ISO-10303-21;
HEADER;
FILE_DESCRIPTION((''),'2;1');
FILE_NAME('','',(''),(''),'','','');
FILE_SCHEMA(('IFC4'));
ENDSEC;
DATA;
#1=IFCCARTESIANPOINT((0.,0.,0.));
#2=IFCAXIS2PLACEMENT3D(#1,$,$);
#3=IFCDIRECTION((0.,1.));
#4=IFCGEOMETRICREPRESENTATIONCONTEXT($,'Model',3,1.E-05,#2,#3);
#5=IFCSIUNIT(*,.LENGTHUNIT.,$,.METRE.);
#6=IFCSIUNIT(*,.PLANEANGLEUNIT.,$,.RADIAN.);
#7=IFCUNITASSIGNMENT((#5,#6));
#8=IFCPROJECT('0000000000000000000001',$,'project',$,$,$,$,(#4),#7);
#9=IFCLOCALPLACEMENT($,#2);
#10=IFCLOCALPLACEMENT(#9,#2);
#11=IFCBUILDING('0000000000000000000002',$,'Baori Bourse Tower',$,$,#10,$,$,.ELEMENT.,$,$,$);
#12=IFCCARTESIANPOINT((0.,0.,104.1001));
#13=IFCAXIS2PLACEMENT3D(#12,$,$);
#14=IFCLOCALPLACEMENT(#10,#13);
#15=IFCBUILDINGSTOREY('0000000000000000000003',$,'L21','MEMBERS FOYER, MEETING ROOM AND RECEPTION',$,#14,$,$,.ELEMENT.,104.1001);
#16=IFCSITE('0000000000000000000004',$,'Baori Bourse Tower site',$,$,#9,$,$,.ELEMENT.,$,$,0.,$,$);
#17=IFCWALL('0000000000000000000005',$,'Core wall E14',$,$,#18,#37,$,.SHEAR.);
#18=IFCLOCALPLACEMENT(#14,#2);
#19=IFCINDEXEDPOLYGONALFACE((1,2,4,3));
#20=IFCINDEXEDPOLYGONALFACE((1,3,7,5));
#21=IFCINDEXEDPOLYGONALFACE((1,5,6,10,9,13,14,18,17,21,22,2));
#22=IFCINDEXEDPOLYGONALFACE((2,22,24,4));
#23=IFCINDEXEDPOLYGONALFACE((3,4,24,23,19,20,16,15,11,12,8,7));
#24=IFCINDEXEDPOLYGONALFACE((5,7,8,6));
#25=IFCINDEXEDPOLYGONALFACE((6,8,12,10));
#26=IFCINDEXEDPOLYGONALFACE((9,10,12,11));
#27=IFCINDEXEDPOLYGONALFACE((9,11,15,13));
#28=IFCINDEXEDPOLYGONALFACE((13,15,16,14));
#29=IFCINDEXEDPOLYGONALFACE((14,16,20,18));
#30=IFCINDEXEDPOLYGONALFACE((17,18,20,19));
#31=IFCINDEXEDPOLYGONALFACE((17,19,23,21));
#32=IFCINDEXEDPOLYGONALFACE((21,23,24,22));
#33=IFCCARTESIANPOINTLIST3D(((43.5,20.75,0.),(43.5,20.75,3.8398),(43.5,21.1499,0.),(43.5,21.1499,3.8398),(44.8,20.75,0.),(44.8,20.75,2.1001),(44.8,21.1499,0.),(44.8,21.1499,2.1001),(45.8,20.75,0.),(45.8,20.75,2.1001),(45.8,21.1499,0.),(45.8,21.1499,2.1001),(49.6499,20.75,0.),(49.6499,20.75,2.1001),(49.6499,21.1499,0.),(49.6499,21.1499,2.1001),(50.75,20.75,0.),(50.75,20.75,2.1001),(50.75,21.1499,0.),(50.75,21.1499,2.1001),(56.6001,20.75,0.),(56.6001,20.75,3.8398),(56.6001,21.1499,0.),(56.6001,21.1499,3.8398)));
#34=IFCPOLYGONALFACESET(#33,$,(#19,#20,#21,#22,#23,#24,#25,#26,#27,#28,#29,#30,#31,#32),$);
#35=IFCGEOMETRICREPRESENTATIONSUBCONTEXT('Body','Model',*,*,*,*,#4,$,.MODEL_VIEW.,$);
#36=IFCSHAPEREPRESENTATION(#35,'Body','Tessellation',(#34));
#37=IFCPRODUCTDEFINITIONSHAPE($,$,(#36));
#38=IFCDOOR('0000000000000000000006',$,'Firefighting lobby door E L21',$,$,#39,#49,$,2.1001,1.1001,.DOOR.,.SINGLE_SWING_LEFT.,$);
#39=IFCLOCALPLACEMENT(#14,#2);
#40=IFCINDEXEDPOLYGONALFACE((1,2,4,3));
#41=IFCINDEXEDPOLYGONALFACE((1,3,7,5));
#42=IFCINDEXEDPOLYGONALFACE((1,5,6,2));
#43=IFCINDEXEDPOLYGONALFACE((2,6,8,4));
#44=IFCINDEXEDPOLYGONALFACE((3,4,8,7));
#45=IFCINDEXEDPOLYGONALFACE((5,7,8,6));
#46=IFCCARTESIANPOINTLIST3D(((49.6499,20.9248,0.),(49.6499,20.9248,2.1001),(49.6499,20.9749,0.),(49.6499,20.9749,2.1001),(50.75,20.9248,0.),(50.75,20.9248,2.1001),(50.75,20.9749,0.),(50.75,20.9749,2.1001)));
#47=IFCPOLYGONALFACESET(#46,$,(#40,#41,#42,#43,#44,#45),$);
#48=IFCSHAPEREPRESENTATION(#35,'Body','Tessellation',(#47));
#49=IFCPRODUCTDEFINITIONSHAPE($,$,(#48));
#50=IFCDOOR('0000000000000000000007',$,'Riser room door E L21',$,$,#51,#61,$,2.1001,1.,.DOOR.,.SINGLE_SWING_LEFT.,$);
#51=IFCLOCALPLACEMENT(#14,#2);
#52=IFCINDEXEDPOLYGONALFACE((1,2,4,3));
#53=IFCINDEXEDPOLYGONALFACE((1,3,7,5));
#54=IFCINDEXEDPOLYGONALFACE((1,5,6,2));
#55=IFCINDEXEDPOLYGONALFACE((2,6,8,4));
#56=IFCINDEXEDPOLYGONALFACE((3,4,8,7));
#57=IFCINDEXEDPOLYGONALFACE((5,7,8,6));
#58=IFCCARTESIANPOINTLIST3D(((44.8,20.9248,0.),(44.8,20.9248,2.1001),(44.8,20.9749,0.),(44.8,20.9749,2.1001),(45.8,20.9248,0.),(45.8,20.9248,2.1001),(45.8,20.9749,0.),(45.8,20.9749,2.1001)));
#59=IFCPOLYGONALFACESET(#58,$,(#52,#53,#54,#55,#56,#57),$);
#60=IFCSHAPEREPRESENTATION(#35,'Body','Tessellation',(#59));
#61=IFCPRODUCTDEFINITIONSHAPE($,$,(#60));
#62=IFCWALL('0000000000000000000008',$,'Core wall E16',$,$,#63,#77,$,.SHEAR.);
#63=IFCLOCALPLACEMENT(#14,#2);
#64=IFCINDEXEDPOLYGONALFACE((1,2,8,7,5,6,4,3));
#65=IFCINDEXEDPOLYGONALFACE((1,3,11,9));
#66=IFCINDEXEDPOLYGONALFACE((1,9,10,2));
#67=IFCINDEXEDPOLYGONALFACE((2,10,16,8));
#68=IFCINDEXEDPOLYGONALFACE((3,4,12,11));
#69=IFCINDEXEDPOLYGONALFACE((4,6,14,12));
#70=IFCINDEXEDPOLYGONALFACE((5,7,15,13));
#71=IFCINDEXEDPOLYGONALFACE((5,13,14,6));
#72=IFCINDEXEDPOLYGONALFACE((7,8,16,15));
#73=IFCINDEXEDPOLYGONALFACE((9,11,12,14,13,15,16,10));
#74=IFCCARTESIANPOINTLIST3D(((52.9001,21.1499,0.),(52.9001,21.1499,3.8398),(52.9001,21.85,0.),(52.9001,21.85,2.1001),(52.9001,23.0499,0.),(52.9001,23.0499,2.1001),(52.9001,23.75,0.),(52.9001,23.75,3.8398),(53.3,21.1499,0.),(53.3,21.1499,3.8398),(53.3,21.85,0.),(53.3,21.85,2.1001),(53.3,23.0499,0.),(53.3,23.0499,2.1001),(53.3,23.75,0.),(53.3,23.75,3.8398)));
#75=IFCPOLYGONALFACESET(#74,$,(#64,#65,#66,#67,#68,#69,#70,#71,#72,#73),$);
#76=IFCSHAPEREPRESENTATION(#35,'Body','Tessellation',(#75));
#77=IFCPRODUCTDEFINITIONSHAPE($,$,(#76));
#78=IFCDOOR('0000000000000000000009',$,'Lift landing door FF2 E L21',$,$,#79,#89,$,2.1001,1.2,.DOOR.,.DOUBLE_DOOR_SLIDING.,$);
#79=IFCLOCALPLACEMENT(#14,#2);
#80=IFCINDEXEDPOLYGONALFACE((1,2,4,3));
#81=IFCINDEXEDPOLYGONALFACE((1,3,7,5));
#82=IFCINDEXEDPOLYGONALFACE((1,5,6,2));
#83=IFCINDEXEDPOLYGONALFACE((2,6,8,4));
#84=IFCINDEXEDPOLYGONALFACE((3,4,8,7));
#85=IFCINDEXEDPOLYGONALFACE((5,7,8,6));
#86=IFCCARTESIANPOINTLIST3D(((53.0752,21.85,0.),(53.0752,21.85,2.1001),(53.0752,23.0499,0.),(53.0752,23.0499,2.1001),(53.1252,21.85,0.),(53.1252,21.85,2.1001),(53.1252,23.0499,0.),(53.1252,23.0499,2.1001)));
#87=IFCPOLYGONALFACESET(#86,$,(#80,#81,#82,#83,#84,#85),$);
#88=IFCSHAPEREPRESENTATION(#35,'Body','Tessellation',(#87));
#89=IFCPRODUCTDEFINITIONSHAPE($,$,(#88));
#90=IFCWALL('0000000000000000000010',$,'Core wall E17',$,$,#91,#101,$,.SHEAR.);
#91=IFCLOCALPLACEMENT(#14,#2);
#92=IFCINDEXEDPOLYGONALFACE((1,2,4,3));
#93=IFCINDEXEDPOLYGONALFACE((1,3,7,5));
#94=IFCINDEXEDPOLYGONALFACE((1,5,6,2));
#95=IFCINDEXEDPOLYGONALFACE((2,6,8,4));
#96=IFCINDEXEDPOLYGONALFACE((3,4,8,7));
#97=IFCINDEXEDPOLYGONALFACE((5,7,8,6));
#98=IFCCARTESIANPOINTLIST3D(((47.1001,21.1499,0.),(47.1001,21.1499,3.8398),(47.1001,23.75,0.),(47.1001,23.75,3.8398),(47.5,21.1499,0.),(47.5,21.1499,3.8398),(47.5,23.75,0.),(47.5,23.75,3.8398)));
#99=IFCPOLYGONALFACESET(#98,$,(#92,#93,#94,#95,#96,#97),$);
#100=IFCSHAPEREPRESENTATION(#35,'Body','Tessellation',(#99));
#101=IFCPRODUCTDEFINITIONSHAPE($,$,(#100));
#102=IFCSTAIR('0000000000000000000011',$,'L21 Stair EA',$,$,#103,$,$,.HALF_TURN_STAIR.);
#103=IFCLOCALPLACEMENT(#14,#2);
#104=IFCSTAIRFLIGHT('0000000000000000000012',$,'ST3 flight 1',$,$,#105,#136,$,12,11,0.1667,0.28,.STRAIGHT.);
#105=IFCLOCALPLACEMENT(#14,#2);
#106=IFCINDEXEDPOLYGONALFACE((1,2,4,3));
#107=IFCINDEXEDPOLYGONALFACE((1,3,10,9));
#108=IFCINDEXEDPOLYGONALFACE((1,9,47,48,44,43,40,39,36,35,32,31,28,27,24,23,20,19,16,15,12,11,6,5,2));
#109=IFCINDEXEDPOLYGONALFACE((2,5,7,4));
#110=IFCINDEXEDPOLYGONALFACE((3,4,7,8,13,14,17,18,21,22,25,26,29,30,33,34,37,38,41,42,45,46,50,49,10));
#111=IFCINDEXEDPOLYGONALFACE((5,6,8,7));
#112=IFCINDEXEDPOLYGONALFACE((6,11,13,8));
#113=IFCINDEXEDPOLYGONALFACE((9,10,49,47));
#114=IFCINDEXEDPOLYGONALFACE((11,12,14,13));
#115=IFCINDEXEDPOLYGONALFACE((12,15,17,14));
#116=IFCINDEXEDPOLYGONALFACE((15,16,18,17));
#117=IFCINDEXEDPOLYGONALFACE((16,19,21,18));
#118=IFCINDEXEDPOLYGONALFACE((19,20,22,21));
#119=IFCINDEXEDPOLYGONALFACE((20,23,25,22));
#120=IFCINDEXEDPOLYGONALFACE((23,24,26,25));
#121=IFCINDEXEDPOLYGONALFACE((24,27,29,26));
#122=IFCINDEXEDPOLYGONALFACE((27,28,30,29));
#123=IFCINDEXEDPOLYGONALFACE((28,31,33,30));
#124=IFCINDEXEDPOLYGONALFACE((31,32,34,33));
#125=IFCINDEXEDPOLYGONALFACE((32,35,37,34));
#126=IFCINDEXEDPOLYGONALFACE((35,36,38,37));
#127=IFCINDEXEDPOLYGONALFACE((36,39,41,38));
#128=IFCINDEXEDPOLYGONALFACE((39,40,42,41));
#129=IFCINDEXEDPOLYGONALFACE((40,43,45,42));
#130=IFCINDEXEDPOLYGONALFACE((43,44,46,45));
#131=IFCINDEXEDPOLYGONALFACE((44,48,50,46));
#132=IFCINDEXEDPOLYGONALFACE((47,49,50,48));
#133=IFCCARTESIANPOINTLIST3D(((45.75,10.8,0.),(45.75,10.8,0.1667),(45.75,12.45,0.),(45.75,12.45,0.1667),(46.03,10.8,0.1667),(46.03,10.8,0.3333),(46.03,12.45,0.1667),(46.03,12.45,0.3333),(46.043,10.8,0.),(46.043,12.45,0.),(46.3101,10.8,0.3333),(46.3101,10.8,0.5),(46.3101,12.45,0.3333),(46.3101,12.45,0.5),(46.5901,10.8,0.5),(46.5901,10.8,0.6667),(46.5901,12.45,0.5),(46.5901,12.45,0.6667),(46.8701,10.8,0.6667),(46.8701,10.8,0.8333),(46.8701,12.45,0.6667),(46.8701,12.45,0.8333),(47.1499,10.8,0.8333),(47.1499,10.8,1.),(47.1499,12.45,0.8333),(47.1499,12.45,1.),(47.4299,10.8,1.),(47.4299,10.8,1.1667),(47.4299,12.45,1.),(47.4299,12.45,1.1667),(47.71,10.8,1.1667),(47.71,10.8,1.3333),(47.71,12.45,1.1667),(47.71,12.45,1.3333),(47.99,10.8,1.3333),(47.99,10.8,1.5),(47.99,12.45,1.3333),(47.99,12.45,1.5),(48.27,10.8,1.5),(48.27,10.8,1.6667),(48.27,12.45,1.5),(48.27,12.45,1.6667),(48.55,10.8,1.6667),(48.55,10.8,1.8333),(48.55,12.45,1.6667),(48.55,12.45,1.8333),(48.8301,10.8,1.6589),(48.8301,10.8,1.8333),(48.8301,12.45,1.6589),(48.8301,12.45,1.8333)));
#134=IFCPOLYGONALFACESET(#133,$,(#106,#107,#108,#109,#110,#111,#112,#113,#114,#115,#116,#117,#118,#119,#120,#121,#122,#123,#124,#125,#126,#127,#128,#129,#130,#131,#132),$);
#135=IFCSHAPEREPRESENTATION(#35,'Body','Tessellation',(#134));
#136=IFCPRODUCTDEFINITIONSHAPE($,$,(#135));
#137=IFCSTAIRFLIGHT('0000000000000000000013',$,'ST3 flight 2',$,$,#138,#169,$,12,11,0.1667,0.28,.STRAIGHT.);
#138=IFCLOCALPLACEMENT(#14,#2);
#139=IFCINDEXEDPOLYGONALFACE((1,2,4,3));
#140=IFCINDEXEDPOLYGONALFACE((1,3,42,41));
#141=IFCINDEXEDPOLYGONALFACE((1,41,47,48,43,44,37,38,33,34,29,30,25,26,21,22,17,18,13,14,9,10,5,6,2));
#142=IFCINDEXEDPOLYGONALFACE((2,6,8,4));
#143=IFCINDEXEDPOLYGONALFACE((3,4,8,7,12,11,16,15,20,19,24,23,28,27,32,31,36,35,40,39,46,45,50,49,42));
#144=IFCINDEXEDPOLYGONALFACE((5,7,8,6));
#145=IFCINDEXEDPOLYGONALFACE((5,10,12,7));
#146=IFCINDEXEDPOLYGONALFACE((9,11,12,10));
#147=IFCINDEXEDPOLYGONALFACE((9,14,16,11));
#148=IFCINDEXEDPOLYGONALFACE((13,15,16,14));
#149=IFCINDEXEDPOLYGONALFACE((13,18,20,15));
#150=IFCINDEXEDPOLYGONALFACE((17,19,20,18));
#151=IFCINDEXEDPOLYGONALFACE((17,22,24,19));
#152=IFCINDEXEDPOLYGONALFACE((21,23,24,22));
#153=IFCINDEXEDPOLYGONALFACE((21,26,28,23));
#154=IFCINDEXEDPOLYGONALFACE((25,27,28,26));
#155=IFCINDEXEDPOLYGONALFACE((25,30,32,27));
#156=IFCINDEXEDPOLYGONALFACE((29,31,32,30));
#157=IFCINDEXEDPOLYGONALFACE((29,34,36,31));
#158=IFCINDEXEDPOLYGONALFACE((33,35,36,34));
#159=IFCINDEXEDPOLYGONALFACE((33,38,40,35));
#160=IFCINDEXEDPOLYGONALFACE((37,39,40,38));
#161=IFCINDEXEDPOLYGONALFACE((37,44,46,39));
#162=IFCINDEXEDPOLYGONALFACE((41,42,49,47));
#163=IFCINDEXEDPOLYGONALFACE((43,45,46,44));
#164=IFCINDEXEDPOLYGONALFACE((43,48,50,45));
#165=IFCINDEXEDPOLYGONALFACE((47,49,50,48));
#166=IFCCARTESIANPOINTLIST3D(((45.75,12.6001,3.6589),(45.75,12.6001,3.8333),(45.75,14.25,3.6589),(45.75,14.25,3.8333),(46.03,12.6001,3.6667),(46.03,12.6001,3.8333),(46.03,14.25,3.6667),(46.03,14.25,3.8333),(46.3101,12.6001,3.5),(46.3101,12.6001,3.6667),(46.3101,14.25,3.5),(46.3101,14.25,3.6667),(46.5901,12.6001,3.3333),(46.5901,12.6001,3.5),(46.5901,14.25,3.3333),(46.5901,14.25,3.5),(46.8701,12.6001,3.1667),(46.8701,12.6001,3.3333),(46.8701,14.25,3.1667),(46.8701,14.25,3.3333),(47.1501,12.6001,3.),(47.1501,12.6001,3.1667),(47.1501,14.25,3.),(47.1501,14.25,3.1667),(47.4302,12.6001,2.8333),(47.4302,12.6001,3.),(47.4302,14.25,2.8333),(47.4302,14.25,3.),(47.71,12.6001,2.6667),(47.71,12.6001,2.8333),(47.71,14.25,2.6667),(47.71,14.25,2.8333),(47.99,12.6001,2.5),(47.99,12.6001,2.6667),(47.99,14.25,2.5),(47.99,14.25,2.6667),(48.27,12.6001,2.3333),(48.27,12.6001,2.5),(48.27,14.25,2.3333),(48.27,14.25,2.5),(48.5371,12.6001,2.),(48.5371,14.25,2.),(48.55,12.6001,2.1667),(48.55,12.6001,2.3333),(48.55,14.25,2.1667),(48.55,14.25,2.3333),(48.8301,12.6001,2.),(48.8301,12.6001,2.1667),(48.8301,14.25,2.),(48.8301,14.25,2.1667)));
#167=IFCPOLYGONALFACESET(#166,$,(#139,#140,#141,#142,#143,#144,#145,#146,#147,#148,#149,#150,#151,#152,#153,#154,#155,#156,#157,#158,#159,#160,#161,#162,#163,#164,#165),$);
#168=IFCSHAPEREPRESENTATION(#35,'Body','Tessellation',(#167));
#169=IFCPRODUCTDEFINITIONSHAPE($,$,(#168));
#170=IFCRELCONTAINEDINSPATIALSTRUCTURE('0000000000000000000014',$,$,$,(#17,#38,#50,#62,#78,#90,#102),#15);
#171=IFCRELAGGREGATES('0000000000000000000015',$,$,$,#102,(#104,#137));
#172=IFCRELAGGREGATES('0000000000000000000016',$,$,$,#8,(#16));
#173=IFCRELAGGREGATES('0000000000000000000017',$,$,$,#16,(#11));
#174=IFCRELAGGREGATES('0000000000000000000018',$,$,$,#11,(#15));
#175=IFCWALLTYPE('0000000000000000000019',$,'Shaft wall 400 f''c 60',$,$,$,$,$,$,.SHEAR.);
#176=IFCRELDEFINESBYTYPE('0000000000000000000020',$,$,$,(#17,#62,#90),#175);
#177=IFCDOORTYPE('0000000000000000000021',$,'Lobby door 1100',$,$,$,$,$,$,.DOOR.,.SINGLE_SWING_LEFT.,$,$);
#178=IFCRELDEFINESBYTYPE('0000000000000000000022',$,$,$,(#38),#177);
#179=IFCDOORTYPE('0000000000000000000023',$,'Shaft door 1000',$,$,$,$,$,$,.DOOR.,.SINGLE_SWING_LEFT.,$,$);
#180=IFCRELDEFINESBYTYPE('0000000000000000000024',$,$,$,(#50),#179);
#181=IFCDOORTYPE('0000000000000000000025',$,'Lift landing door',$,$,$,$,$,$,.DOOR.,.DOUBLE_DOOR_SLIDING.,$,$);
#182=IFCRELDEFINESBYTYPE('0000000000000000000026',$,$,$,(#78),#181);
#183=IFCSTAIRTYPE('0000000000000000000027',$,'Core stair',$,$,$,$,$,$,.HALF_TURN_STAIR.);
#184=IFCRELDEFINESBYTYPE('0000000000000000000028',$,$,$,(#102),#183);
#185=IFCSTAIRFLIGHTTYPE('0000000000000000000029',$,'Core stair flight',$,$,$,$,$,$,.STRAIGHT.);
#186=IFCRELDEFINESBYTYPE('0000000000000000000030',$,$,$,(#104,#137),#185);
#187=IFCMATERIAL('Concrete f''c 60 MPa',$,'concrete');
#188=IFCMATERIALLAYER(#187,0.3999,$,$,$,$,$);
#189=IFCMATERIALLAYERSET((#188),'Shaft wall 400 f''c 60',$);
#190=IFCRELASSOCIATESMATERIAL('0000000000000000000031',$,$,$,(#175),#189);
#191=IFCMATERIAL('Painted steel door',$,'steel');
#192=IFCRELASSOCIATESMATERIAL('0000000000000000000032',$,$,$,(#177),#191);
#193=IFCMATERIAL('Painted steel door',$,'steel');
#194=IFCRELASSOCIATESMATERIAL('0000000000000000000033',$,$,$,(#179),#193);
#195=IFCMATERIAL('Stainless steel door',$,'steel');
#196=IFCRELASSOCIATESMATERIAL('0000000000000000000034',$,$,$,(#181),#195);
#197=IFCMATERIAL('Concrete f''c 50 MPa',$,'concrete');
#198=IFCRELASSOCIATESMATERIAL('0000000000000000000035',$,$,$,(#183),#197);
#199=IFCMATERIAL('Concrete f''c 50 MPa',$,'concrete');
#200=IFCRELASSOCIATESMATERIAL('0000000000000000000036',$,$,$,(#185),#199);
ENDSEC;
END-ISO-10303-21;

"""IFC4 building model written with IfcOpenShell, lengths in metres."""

from ifc_helpers import new_model, si_unit, direction, frame, frame_2d, origin, place, context, subcontext, project, spatial, polyline, rectangle, outline, extrude, material, layer, layer_set, type_object, element, fill, aggregate, save


model = new_model("IFC4")

# Units and contexts
model_context = context("Model", 3, precision=1e-05, world=origin(), true_north=direction((0.0, 1.0)))
body_context = subcontext(model_context, "Body", "Model", "MODEL_VIEW")
ifc_project = project(units=[si_unit("LENGTHUNIT", "METRE"), si_unit("PLANEANGLEUNIT", "RADIAN")], contexts=[model_context])

# Site, building, storey
site_placement = place(None, origin())
site = spatial("IfcSite", under=ifc_project, at=site_placement, Name="Baori Bourse Tower site", CompositionType="ELEMENT", RefElevation=0.0)
building_placement = place(site_placement, origin())
building = spatial("IfcBuilding", under=site, at=building_placement, Name="Baori Bourse Tower", CompositionType="ELEMENT")
storey_placement = place(building_placement, frame((0.0, 0.0, 104.1001)))
storey = spatial("IfcBuildingStorey", under=building, at=storey_placement, Name="L21", Description="MEMBERS FOYER, MEETING ROOM AND RECEPTION", CompositionType="ELEMENT", Elevation=104.1001)

# Wall, openings, doors
ifc_material_1 = material(Name="Concrete f'c 60 MPa", Category="concrete")
ifc_layer_1 = layer(ifc_material_1, 0.3999)
ifc_layer_set_1 = layer_set([ifc_layer_1], Name="Shaft wall 400 f'c 60")
wall_type_1 = type_object("IfcWallType", Name="Shaft wall 400 f'c 60", PredefinedType="SHEAR", material=ifc_layer_set_1)
wall_1_placement = place(storey_placement, frame((43.5, 20.95, 0.0), z_axis=(0.0, 0.0, 1.0), x_axis=(1.0, 0.0, 0.0)))
wall_1 = element("IfcWall", 1, at=wall_1_placement, inside=storey, type_object=wall_type_1, Name="Core wall E14", PredefinedType="SHEAR", context=body_context, shape_type="SweptSolid", body=[
    extrude(rectangle(XDim=13.1001, YDim=0.3999, at=frame_2d((6.55, 0.0))), origin(), (0.0, 0.0, 1.0), 3.8398),
])
opening_1_placement = place(wall_1_placement, frame((6.1499, 0.0, 0.0)))
opening_1 = element("IfcOpeningElement", 2, at=opening_1_placement, cuts=wall_1, PredefinedType="OPENING", context=body_context, shape_type="SweptSolid", body=[
    extrude(rectangle(XDim=1.1001, YDim=2.1001, at=frame_2d((0.55, 1.05))), frame((0.0, 0.21, 0.0), z_axis=(0.0, -1.0, 0.0), x_axis=(1.0, 0.0, 0.0)), (0.0, 0.0, 1.0), 0.4199),
])
opening_2_placement = place(wall_1_placement, frame((1.3, 0.0, 0.0)))
opening_2 = element("IfcOpeningElement", 3, at=opening_2_placement, cuts=wall_1, PredefinedType="OPENING", context=body_context, shape_type="SweptSolid", body=[
    extrude(rectangle(XDim=1.0, YDim=2.1001, at=frame_2d((0.5, 1.05))), frame((0.0, 0.21, 0.0), z_axis=(0.0, -1.0, 0.0), x_axis=(1.0, 0.0, 0.0)), (0.0, 0.0, 1.0), 0.4199),
])
ifc_material_2 = material(Name="Painted steel door", Category="steel")
door_type_1 = type_object("IfcDoorType", Name="Lobby door 1100", OperationType="SINGLE_SWING_LEFT", PredefinedType="DOOR", material=ifc_material_2)
door_1_placement = place(opening_1_placement, origin())
door_1 = element("IfcDoor", 4, at=door_1_placement, inside=storey, type_object=door_type_1, Name="Firefighting lobby door E L21", OperationType="SINGLE_SWING_LEFT", OverallHeight=2.1001, OverallWidth=1.1001, PredefinedType="DOOR", context=body_context, shape_type="SweptSolid", body=[
    extrude(rectangle(XDim=1.1001, YDim=2.1001, at=frame_2d((0.55, 1.05))), frame((0.0, 0.0249, 0.0), z_axis=(0.0, -1.0, 0.0), x_axis=(1.0, 0.0, 0.0)), (0.0, 0.0, 1.0), 0.05),
])
fill(opening_1, door_1)
ifc_material_3 = material(Name="Painted steel door", Category="steel")
door_type_2 = type_object("IfcDoorType", Name="Shaft door 1000", OperationType="SINGLE_SWING_LEFT", PredefinedType="DOOR", material=ifc_material_3)
door_2_placement = place(opening_2_placement, origin())
door_2 = element("IfcDoor", 5, at=door_2_placement, inside=storey, type_object=door_type_2, Name="Riser room door E L21", OperationType="SINGLE_SWING_LEFT", OverallHeight=2.1001, OverallWidth=1.0, PredefinedType="DOOR", context=body_context, shape_type="SweptSolid", body=[
    extrude(rectangle(XDim=1.0, YDim=2.1001, at=frame_2d((0.5, 1.05))), frame((0.0, 0.0249, 0.0), z_axis=(0.0, -1.0, 0.0), x_axis=(1.0, 0.0, 0.0)), (0.0, 0.0, 1.0), 0.05),
])
fill(opening_2, door_2)

# Wall, opening, door
wall_2_placement = place(storey_placement, frame((53.1001, 21.1499, 0.0), z_axis=(0.0, 0.0, 1.0), x_axis=(0.0, 1.0, 0.0)))
wall_2 = element("IfcWall", 6, at=wall_2_placement, inside=storey, type_object=wall_type_1, Name="Core wall E16", PredefinedType="SHEAR", context=body_context, shape_type="SweptSolid", body=[
    extrude(rectangle(XDim=2.6001, YDim=0.3999, at=frame_2d((1.3, 0.0))), origin(), (0.0, 0.0, 1.0), 3.8398),
])
opening_3_placement = place(wall_2_placement, frame((0.7, 0.0, 0.0)))
opening_3 = element("IfcOpeningElement", 7, at=opening_3_placement, cuts=wall_2, PredefinedType="OPENING", context=body_context, shape_type="SweptSolid", body=[
    extrude(rectangle(XDim=1.2, YDim=2.1001, at=frame_2d((0.6001, 1.05))), frame((0.0, 0.21, 0.0), z_axis=(0.0, -1.0, 0.0), x_axis=(1.0, 0.0, 0.0)), (0.0, 0.0, 1.0), 0.4199),
])
ifc_material_4 = material(Name="Stainless steel door", Category="steel")
door_type_3 = type_object("IfcDoorType", Name="Lift landing door", OperationType="DOUBLE_DOOR_SLIDING", PredefinedType="DOOR", material=ifc_material_4)
door_3_placement = place(opening_3_placement, origin())
door_3 = element("IfcDoor", 8, at=door_3_placement, inside=storey, type_object=door_type_3, Name="Lift landing door FF2 E L21", OperationType="DOUBLE_DOOR_SLIDING", OverallHeight=2.1001, OverallWidth=1.2, PredefinedType="DOOR", context=body_context, shape_type="SweptSolid", body=[
    extrude(rectangle(XDim=1.2, YDim=2.1001, at=frame_2d((0.6001, 1.05))), frame((0.0, 0.0249, 0.0), z_axis=(0.0, -1.0, 0.0), x_axis=(1.0, 0.0, 0.0)), (0.0, 0.0, 1.0), 0.05),
])
fill(opening_3, door_3)

# Wall
wall_3_placement = place(storey_placement, frame((47.3, 21.1499, 0.0), z_axis=(0.0, 0.0, 1.0), x_axis=(0.0, 1.0, 0.0)))
element("IfcWall", 9, at=wall_3_placement, inside=storey, type_object=wall_type_1, Name="Core wall E17", PredefinedType="SHEAR", context=body_context, shape_type="SweptSolid", body=[
    extrude(rectangle(XDim=2.6001, YDim=0.3999, at=frame_2d((1.3, 0.0))), origin(), (0.0, 0.0, 1.0), 3.8398),
])

# Stair, stair flights
ifc_material_5 = material(Name="Concrete f'c 50 MPa", Category="concrete")
stair_type = type_object("IfcStairType", Name="Core stair", PredefinedType="HALF_TURN_STAIR", material=ifc_material_5)
stair_placement = place(storey_placement, origin())
stair = element("IfcStair", 10, at=stair_placement, inside=storey, type_object=stair_type, Name="L21 Stair EA", PredefinedType="HALF_TURN_STAIR")
ifc_material_6 = material(Name="Concrete f'c 50 MPa", Category="concrete")
stair_flight_type = type_object("IfcStairFlightType", Name="Core stair flight", PredefinedType="STRAIGHT", material=ifc_material_6)
stair_flight_1_placement = place(storey_placement, frame((45.75, 11.625, 0.0), z_axis=(0.0, 0.0, 1.0), x_axis=(1.0, 0.0, 0.0)))
stair_flight_1 = element("IfcStairFlight", 11, at=stair_flight_1_placement, type_object=stair_flight_type, Name="ST3 flight 1", NumberOfRisers=12, NumberOfTreads=11, PredefinedType="STRAIGHT", RiserHeight=0.1667, TreadLength=0.28, context=body_context, shape_type="SweptSolid", body=[
    extrude(outline(polyline([(0.0, 0.0), (0.0, 0.1667), (0.28, 0.1667), (0.28, 0.3333), (0.5601, 0.3333), (0.5601, 0.5), (0.8401, 0.5), (0.8401, 0.6667), (1.1201, 0.6667), (1.1201, 0.8333), (1.3999, 0.8333), (1.3999, 1.0), (1.6799, 1.0), (1.6799, 1.1667), (1.96, 1.1667), (1.96, 1.3333), (2.24, 1.3333), (2.24, 1.5), (2.52, 1.5), (2.52, 1.6667), (2.8, 1.6667), (2.8, 1.8333), (3.0801, 1.8333), (3.0801, 2.0), (3.0801, 1.6589), (0.293, 0.0), (0.0, 0.0)])), frame((0.0, 0.825, 0.0), z_axis=(0.0, -1.0, 0.0), x_axis=(1.0, 0.0, 0.0)), (0.0, 0.0, 1.0), 1.6499),
])
stair_flight_2_placement = place(storey_placement, frame((48.8301, 13.425, 2.0), z_axis=(0.0, 0.0, 1.0), x_axis=(-1.0, 0.0, 0.0)))
stair_flight_2 = element("IfcStairFlight", 12, at=stair_flight_2_placement, type_object=stair_flight_type, Name="ST3 flight 2", NumberOfRisers=12, NumberOfTreads=11, PredefinedType="STRAIGHT", RiserHeight=0.1667, TreadLength=0.28, context=body_context, shape_type="SweptSolid", body=[
    extrude(outline(polyline([(0.0, 0.0), (0.0, 0.1667), (0.28, 0.1667), (0.28, 0.3333), (0.5601, 0.3333), (0.5601, 0.5), (0.8401, 0.5), (0.8401, 0.6667), (1.1201, 0.6667), (1.1201, 0.8333), (1.3999, 0.8333), (1.3999, 1.0), (1.6799, 1.0), (1.6799, 1.1667), (1.96, 1.1667), (1.96, 1.3333), (2.24, 1.3333), (2.24, 1.5), (2.52, 1.5), (2.52, 1.6667), (2.8, 1.6667), (2.8, 1.8333), (3.0801, 1.8333), (3.0801, 2.0), (3.0801, 1.6589), (0.293, 0.0), (0.0, 0.0)])), frame((0.0, 0.825, 0.0), z_axis=(0.0, -1.0, 0.0), x_axis=(1.0, 0.0, 0.0)), (0.0, 0.0, 1.0), 1.6499),
])
aggregate(stair, [stair_flight_1, stair_flight_2])

save(model, "model.ifc")
